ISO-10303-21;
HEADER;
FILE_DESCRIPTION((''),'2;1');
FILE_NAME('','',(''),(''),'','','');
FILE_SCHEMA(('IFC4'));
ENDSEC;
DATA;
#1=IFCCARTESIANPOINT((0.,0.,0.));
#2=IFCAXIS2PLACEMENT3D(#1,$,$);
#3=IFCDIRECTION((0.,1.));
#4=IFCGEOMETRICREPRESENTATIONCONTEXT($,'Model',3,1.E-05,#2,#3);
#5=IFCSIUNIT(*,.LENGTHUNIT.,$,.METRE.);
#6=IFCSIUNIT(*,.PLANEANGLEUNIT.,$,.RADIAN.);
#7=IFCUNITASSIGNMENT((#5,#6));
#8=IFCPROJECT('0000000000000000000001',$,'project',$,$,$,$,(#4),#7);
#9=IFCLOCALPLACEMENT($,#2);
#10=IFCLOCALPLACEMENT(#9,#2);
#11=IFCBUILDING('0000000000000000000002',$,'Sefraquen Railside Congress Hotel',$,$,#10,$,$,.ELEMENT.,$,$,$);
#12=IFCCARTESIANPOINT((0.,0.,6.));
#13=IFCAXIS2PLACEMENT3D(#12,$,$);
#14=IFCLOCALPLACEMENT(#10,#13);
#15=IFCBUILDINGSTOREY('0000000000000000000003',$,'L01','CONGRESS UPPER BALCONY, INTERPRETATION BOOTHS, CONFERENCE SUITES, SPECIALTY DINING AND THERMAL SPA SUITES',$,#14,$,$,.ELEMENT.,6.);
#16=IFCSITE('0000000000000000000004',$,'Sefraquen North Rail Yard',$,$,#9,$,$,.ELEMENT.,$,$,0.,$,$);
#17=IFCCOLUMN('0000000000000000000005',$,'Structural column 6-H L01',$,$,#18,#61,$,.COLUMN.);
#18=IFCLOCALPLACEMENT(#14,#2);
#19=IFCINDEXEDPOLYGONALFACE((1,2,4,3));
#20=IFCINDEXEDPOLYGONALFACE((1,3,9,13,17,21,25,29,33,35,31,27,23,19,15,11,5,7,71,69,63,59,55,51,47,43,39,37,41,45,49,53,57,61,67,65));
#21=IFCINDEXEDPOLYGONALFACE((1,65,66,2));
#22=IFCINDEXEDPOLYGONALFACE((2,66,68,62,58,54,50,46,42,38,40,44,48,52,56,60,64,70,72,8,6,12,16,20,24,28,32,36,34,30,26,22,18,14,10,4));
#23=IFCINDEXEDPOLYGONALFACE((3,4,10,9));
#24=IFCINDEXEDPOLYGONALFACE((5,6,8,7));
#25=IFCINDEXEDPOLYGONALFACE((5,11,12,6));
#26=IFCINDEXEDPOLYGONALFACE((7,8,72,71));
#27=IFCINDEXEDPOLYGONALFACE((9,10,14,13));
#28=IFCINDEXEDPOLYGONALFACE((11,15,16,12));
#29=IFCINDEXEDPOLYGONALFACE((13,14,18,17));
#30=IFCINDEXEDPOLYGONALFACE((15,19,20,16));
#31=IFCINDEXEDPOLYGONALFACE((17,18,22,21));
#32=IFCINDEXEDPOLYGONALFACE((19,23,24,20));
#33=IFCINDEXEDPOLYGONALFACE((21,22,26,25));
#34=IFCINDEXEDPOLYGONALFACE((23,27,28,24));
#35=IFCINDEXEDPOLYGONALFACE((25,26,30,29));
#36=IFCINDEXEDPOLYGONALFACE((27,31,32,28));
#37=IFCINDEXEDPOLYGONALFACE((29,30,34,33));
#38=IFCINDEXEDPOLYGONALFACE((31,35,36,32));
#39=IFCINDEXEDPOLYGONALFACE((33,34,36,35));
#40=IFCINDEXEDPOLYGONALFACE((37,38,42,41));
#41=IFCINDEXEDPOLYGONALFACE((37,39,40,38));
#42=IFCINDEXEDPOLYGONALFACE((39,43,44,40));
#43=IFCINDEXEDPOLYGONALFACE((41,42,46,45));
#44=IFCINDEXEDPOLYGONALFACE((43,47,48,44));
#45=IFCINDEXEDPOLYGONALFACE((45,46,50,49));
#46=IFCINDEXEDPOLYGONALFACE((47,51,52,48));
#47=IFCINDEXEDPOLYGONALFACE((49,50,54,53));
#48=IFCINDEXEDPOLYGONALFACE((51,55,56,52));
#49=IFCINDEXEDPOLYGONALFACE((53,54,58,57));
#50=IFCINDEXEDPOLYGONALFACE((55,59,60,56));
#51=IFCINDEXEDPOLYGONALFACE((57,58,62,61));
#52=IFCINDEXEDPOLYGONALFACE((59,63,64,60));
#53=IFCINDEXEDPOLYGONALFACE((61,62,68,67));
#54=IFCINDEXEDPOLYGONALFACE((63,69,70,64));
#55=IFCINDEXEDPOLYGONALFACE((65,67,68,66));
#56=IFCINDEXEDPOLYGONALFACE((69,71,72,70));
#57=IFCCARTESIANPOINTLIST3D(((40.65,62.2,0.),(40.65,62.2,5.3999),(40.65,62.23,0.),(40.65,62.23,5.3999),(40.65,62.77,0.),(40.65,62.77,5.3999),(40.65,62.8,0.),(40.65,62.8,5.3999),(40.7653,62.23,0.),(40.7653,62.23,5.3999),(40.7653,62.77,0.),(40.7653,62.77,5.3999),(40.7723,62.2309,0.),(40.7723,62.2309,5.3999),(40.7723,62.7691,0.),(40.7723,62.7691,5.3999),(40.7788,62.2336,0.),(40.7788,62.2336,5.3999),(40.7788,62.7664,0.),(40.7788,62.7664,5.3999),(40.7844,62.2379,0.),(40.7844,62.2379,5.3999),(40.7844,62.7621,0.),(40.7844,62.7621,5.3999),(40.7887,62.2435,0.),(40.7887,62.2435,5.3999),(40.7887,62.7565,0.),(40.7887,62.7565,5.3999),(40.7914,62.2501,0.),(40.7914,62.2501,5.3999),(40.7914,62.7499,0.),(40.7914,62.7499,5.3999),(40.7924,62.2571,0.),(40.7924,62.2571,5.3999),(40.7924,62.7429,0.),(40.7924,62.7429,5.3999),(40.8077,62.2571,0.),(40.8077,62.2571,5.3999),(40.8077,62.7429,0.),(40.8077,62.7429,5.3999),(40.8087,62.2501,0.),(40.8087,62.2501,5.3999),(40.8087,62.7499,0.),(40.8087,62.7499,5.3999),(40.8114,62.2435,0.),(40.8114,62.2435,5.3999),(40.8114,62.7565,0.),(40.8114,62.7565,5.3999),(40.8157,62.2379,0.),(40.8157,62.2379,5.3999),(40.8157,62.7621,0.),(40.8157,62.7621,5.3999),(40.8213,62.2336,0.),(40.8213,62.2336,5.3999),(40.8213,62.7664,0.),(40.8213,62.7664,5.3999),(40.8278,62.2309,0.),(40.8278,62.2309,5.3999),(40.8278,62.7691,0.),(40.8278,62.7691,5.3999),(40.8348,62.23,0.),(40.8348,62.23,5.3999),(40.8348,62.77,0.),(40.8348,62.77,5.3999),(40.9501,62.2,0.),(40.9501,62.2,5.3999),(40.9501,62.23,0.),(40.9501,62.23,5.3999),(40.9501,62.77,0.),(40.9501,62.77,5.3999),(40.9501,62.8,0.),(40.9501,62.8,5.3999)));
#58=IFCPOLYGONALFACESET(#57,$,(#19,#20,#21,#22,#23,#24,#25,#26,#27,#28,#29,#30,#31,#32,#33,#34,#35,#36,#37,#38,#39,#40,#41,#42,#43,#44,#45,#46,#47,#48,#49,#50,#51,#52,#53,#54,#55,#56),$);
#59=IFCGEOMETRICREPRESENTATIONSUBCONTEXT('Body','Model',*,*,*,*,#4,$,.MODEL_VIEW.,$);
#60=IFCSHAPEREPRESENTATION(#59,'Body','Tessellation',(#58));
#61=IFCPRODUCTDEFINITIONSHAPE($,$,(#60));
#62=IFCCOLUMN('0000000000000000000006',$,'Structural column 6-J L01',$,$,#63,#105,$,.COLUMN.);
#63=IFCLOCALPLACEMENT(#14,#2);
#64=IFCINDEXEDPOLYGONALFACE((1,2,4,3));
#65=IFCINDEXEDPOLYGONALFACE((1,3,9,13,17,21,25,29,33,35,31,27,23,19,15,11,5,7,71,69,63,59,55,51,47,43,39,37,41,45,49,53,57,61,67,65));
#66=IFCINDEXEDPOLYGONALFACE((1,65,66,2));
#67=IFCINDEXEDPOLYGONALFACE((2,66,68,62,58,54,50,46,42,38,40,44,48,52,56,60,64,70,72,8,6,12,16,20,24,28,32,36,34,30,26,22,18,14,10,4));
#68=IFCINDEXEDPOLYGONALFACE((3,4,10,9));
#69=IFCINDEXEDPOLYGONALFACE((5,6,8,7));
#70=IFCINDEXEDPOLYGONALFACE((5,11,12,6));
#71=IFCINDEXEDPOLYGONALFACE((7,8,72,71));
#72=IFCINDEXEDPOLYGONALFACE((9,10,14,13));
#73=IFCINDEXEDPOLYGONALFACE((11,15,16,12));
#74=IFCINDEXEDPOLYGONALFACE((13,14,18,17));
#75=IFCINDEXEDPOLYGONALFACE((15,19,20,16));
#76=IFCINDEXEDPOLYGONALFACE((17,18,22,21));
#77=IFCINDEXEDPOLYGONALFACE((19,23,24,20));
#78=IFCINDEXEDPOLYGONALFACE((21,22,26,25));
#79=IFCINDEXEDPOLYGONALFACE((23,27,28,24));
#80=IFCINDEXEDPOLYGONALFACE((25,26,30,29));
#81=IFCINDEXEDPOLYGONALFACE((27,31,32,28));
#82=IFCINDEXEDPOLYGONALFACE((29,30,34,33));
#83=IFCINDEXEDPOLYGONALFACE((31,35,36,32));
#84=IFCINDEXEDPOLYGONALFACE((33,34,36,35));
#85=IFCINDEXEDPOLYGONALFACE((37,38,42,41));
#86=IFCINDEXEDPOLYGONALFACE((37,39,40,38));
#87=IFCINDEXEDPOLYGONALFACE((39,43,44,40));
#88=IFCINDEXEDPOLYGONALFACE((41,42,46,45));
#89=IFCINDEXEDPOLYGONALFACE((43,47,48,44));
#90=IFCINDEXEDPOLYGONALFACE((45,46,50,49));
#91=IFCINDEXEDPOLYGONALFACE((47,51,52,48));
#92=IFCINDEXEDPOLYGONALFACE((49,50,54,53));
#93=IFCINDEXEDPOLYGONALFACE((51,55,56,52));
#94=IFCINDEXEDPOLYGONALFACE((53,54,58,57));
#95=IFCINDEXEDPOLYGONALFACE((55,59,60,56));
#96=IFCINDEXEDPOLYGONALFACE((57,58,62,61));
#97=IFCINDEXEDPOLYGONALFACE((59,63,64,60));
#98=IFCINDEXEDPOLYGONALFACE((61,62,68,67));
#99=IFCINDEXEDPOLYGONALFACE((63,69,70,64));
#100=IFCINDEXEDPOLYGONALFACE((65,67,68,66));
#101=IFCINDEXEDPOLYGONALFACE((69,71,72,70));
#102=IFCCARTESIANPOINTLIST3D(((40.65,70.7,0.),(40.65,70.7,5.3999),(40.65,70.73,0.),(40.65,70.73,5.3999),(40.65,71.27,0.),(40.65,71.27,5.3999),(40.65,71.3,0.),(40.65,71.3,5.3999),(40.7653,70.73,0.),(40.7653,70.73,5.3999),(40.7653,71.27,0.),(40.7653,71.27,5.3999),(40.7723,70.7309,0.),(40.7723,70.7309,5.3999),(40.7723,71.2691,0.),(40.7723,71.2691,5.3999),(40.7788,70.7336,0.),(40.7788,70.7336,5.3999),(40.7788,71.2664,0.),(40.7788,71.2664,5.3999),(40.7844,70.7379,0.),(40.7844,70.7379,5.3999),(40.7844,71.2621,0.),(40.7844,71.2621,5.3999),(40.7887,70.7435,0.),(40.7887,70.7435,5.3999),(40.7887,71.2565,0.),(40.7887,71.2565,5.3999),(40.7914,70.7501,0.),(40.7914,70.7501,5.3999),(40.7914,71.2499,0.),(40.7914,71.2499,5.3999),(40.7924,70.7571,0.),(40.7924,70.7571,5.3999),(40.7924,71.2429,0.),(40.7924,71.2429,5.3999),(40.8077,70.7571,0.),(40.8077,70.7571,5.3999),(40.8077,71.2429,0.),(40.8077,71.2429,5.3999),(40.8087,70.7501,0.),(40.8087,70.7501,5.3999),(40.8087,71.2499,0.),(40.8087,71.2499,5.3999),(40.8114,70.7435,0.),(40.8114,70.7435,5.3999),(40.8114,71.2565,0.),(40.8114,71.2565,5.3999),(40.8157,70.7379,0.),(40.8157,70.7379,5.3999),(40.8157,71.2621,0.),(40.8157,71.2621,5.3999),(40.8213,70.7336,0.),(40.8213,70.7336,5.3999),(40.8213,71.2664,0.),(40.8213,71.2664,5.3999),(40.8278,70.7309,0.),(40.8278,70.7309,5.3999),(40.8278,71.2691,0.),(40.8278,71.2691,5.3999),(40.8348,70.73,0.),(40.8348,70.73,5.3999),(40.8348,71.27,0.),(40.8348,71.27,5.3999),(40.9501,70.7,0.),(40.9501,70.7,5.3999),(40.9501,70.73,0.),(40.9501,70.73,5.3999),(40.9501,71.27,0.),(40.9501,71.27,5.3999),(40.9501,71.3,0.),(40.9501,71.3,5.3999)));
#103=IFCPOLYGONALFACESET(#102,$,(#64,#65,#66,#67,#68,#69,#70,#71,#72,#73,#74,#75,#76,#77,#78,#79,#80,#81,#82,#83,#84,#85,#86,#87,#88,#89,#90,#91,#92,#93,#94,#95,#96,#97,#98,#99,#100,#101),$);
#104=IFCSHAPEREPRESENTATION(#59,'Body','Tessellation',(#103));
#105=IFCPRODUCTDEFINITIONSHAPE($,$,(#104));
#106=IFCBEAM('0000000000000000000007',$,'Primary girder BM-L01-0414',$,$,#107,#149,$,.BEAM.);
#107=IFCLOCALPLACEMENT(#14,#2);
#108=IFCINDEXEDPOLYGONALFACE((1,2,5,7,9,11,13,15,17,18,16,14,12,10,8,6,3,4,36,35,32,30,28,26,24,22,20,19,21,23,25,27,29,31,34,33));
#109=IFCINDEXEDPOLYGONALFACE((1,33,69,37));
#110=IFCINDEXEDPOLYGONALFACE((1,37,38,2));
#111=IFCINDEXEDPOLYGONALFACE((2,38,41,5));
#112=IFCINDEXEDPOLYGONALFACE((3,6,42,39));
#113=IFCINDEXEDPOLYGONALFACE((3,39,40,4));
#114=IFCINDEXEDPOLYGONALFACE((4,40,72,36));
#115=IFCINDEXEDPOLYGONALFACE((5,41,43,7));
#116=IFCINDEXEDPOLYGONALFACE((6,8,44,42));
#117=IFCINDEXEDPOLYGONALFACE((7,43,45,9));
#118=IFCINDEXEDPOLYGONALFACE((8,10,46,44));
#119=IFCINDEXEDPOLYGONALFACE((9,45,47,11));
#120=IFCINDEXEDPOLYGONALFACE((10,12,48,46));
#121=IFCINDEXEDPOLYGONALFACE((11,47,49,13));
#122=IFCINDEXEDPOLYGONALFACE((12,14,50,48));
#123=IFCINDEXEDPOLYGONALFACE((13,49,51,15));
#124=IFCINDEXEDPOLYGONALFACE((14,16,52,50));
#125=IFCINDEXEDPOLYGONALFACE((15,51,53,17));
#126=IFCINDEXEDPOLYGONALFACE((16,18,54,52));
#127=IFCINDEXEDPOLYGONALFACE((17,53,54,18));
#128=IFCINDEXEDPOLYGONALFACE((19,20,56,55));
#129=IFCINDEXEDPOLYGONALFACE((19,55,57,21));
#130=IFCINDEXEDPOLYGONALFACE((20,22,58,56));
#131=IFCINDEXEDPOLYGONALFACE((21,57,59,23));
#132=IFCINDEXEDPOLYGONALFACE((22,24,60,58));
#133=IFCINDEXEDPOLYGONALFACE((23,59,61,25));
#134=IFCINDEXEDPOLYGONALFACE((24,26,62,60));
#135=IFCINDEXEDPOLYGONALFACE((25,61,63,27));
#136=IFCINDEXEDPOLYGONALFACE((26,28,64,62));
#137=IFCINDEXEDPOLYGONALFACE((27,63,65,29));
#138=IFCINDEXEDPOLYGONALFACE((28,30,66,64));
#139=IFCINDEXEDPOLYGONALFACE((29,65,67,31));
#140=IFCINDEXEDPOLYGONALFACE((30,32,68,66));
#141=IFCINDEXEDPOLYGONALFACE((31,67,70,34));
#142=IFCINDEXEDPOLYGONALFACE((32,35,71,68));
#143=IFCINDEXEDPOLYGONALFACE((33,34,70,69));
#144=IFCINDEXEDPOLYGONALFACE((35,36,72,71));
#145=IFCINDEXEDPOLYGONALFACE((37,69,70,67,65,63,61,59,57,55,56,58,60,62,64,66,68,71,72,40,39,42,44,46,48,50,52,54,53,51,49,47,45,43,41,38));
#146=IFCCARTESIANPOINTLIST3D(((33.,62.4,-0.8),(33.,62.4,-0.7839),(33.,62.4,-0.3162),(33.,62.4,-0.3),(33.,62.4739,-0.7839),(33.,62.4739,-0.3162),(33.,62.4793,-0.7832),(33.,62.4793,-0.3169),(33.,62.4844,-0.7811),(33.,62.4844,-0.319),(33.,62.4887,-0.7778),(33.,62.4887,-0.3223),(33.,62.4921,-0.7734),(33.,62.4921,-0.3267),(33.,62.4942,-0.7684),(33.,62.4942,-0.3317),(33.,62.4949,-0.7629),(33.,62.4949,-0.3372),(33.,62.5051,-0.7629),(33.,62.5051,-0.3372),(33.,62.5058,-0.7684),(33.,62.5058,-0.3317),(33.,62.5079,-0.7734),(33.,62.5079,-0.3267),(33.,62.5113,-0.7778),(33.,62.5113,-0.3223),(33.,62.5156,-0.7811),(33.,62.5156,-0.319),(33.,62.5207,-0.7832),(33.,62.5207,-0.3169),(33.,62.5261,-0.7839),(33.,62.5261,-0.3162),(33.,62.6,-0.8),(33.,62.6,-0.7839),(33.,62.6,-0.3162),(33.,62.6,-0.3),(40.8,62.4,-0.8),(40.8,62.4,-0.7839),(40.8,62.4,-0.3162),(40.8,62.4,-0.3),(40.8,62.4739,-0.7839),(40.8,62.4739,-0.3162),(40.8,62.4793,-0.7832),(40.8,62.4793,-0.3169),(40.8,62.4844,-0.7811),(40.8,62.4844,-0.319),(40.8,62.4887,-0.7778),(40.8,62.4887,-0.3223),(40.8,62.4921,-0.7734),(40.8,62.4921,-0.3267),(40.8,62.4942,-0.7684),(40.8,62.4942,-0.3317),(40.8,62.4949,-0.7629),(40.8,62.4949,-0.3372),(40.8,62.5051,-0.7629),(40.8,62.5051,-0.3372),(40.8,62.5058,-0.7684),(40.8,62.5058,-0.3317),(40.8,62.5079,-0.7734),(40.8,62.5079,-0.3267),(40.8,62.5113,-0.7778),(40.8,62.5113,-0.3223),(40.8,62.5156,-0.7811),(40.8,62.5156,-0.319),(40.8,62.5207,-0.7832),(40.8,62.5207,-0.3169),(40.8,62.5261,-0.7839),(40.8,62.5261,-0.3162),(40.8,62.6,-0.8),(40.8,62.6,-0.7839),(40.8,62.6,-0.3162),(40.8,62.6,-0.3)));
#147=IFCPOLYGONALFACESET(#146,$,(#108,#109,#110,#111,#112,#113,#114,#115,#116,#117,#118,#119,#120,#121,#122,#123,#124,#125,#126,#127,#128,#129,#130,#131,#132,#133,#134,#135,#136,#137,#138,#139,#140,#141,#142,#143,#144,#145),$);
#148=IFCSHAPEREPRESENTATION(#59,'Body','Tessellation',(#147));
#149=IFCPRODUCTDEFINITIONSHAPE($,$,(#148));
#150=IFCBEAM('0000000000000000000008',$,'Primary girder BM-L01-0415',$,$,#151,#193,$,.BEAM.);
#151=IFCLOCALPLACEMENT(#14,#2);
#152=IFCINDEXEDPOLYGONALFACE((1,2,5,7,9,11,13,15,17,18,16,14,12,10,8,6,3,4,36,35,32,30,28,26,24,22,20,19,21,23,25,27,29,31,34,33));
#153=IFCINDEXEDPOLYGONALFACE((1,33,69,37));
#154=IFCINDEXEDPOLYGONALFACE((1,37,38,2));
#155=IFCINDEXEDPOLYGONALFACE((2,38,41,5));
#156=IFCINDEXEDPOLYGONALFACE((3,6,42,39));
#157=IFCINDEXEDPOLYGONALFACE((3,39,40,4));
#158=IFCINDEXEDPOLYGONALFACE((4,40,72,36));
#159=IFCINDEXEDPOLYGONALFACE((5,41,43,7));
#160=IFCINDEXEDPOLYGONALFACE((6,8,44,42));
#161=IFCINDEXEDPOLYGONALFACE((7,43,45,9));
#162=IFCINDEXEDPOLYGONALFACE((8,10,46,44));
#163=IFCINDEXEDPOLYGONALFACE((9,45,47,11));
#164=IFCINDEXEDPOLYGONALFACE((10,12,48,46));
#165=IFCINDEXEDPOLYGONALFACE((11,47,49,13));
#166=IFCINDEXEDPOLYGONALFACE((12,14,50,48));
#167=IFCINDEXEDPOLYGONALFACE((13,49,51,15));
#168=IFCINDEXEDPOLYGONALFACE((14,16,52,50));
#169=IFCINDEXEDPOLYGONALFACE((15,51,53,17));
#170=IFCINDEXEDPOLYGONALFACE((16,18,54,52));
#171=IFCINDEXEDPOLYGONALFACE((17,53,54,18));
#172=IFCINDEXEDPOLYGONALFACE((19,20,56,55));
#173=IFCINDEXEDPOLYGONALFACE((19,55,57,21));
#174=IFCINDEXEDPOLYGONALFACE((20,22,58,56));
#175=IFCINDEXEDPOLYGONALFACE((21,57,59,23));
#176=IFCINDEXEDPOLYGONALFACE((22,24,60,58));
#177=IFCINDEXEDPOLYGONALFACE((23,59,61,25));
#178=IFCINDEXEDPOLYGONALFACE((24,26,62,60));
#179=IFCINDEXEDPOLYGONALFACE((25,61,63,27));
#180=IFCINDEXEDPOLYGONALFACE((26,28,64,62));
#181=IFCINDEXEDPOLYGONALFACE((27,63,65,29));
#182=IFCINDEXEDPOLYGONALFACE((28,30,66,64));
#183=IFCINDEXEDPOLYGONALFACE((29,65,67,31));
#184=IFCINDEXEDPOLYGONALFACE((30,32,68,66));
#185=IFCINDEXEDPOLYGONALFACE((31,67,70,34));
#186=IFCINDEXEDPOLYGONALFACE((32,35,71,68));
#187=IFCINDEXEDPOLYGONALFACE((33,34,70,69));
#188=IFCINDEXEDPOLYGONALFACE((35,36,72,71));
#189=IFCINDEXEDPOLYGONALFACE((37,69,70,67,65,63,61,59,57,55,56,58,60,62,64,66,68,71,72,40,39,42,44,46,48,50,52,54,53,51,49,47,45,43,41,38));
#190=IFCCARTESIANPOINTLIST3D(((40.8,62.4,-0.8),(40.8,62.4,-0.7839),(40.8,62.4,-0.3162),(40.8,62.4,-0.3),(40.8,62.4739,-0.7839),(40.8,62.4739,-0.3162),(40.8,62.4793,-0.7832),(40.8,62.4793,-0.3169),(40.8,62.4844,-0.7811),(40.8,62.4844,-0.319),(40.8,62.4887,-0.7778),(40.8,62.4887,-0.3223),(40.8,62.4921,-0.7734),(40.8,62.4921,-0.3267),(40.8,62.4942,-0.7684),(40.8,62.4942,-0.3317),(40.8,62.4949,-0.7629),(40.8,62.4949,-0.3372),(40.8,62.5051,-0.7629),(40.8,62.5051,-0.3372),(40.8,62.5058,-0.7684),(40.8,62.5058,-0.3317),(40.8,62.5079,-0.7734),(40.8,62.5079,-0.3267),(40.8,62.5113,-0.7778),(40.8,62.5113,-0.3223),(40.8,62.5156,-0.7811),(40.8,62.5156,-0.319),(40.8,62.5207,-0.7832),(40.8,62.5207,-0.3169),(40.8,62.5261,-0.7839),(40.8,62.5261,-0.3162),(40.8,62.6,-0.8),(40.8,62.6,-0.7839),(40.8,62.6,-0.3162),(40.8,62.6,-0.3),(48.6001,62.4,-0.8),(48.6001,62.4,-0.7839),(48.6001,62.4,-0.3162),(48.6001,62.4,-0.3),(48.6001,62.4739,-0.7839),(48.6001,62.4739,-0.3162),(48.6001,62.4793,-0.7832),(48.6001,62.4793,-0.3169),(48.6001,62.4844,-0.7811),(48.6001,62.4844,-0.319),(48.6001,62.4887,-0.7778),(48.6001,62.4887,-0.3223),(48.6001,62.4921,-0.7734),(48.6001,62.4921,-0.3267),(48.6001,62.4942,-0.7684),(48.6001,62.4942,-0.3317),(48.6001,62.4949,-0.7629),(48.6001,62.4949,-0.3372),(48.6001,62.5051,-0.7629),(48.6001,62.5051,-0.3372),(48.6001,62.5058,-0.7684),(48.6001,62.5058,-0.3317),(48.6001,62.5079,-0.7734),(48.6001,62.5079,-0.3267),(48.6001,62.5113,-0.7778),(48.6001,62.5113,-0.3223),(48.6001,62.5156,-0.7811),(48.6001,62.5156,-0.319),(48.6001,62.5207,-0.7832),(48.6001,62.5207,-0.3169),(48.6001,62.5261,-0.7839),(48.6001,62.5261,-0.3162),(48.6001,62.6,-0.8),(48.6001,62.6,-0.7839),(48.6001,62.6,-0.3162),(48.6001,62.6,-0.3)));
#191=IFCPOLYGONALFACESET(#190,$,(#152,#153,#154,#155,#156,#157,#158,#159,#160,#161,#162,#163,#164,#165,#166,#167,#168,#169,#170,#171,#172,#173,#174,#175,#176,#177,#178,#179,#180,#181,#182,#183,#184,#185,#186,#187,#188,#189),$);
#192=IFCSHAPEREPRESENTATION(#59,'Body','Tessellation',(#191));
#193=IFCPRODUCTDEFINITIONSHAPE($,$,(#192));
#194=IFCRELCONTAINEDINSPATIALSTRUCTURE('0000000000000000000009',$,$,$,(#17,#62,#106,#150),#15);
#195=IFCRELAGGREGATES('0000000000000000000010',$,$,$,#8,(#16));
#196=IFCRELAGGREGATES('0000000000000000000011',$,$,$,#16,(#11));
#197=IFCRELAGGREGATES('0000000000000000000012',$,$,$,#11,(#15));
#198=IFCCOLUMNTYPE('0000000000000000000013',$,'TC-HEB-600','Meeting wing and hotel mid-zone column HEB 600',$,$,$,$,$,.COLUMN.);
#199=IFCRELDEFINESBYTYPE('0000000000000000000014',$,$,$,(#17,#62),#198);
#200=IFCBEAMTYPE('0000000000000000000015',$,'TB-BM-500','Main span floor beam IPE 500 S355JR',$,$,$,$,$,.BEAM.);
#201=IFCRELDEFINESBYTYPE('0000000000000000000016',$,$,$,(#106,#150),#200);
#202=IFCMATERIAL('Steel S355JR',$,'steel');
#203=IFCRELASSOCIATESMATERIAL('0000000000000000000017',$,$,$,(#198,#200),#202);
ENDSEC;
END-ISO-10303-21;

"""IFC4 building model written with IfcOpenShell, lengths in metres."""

from ifc_helpers import new_model, si_unit, direction, frame, origin, origin_2d, place, context, subcontext, project, spatial, i_section, extrude, material, material_profile, profile_set, type_object, element, save


model = new_model("IFC4")

# Units and contexts
model_context = context("Model", 3, precision=1e-05, world=origin(), true_north=direction((0.0, 1.0)))
body_context = subcontext(model_context, "Body", "Model", "MODEL_VIEW")
ifc_project = project(units=[si_unit("LENGTHUNIT", "METRE"), si_unit("PLANEANGLEUNIT", "RADIAN")], contexts=[model_context])

# Site, building, storey
site_placement = place(None, origin())
site = spatial("IfcSite", under=ifc_project, at=site_placement, Name="Sefraquen North Rail Yard", CompositionType="ELEMENT", RefElevation=0.0)
building_placement = place(site_placement, origin())
building = spatial("IfcBuilding", under=site, at=building_placement, Name="Sefraquen Railside Congress Hotel", CompositionType="ELEMENT")
storey_placement = place(building_placement, frame((0.0, 0.0, 6.0)))
storey = spatial("IfcBuildingStorey", under=building, at=storey_placement, Name="L01", Description="CONGRESS UPPER BALCONY, INTERPRETATION BOOTHS, CONFERENCE SUITES, SPECIALTY DINING AND THERMAL SPA SUITES", CompositionType="ELEMENT", Elevation=6.0)

# Columns
ifc_material_1 = material(Name="Steel S355JR", Category="steel")
ifc_material_profile_1 = material_profile(ifc_material_1, i_section(OverallWidth=0.3, OverallDepth=0.6001, WebThickness=0.0154, FlangeThickness=0.03, FilletRadius=0.0271, at=origin_2d()), Name="HEB 600")
ifc_profile_set_1 = profile_set([ifc_material_profile_1], Name="Steel S355JR")
column_type_1 = type_object("IfcColumnType", Name="TC-HEB-600", Description="Meeting wing and hotel mid-zone column HEB 600", PredefinedType="COLUMN", material=ifc_profile_set_1)
for number, where, z_axis, x_axis, name in (
    (1, (40.8, 62.5, 0.0), (0.0, 0.0, 1.0), (1.0, 0.0, 0.0), "Structural column 6-H L01"),
    (2, (40.8, 71.0, 0.0), (0.0, 0.0, 1.0), (1.0, 0.0, 0.0), "Structural column 6-J L01"),
):
    element("IfcColumn", number, at=place(storey_placement, frame(where, z_axis=z_axis, x_axis=x_axis)), inside=storey, type_object=column_type_1, Name=name, PredefinedType="COLUMN", context=body_context, shape_type="SweptSolid", body=[
        extrude(i_section(OverallWidth=0.3, OverallDepth=0.6001, WebThickness=0.0154, FlangeThickness=0.03, FilletRadius=0.0271, at=origin_2d()), origin(), (0.0, 0.0, 1.0), 5.3999),
    ])

# Beams
ifc_material_profile_2 = material_profile(ifc_material_1, i_section(OverallWidth=0.2, OverallDepth=0.5, WebThickness=0.0103, FlangeThickness=0.0161, FilletRadius=0.021, at=origin_2d()), Name="IPE 500")
ifc_profile_set_2 = profile_set([ifc_material_profile_2], Name="Steel S355JR")
beam_type_1 = type_object("IfcBeamType", Name="TB-BM-500", Description="Main span floor beam IPE 500 S355JR", PredefinedType="BEAM", material=ifc_profile_set_2)
for number, where, z_axis, x_axis, name in (
    (3, (33.0, 62.5, -0.55), (1.0, 0.0, 0.0), (0.0, 1.0, 0.0), "Primary girder BM-L01-0414"),
    (4, (40.8, 62.5, -0.55), (1.0, 0.0, 0.0), (0.0, 1.0, 0.0), "Primary girder BM-L01-0415"),
):
    element("IfcBeam", number, at=place(storey_placement, frame(where, z_axis=z_axis, x_axis=x_axis)), inside=storey, type_object=beam_type_1, Name=name, PredefinedType="BEAM", context=body_context, shape_type="SweptSolid", body=[
        extrude(i_section(OverallWidth=0.2, OverallDepth=0.5, WebThickness=0.0103, FlangeThickness=0.0161, FilletRadius=0.021, at=origin_2d()), origin(), (0.0, 0.0, 1.0), 7.8),
    ])

save(model, "model.ifc")
